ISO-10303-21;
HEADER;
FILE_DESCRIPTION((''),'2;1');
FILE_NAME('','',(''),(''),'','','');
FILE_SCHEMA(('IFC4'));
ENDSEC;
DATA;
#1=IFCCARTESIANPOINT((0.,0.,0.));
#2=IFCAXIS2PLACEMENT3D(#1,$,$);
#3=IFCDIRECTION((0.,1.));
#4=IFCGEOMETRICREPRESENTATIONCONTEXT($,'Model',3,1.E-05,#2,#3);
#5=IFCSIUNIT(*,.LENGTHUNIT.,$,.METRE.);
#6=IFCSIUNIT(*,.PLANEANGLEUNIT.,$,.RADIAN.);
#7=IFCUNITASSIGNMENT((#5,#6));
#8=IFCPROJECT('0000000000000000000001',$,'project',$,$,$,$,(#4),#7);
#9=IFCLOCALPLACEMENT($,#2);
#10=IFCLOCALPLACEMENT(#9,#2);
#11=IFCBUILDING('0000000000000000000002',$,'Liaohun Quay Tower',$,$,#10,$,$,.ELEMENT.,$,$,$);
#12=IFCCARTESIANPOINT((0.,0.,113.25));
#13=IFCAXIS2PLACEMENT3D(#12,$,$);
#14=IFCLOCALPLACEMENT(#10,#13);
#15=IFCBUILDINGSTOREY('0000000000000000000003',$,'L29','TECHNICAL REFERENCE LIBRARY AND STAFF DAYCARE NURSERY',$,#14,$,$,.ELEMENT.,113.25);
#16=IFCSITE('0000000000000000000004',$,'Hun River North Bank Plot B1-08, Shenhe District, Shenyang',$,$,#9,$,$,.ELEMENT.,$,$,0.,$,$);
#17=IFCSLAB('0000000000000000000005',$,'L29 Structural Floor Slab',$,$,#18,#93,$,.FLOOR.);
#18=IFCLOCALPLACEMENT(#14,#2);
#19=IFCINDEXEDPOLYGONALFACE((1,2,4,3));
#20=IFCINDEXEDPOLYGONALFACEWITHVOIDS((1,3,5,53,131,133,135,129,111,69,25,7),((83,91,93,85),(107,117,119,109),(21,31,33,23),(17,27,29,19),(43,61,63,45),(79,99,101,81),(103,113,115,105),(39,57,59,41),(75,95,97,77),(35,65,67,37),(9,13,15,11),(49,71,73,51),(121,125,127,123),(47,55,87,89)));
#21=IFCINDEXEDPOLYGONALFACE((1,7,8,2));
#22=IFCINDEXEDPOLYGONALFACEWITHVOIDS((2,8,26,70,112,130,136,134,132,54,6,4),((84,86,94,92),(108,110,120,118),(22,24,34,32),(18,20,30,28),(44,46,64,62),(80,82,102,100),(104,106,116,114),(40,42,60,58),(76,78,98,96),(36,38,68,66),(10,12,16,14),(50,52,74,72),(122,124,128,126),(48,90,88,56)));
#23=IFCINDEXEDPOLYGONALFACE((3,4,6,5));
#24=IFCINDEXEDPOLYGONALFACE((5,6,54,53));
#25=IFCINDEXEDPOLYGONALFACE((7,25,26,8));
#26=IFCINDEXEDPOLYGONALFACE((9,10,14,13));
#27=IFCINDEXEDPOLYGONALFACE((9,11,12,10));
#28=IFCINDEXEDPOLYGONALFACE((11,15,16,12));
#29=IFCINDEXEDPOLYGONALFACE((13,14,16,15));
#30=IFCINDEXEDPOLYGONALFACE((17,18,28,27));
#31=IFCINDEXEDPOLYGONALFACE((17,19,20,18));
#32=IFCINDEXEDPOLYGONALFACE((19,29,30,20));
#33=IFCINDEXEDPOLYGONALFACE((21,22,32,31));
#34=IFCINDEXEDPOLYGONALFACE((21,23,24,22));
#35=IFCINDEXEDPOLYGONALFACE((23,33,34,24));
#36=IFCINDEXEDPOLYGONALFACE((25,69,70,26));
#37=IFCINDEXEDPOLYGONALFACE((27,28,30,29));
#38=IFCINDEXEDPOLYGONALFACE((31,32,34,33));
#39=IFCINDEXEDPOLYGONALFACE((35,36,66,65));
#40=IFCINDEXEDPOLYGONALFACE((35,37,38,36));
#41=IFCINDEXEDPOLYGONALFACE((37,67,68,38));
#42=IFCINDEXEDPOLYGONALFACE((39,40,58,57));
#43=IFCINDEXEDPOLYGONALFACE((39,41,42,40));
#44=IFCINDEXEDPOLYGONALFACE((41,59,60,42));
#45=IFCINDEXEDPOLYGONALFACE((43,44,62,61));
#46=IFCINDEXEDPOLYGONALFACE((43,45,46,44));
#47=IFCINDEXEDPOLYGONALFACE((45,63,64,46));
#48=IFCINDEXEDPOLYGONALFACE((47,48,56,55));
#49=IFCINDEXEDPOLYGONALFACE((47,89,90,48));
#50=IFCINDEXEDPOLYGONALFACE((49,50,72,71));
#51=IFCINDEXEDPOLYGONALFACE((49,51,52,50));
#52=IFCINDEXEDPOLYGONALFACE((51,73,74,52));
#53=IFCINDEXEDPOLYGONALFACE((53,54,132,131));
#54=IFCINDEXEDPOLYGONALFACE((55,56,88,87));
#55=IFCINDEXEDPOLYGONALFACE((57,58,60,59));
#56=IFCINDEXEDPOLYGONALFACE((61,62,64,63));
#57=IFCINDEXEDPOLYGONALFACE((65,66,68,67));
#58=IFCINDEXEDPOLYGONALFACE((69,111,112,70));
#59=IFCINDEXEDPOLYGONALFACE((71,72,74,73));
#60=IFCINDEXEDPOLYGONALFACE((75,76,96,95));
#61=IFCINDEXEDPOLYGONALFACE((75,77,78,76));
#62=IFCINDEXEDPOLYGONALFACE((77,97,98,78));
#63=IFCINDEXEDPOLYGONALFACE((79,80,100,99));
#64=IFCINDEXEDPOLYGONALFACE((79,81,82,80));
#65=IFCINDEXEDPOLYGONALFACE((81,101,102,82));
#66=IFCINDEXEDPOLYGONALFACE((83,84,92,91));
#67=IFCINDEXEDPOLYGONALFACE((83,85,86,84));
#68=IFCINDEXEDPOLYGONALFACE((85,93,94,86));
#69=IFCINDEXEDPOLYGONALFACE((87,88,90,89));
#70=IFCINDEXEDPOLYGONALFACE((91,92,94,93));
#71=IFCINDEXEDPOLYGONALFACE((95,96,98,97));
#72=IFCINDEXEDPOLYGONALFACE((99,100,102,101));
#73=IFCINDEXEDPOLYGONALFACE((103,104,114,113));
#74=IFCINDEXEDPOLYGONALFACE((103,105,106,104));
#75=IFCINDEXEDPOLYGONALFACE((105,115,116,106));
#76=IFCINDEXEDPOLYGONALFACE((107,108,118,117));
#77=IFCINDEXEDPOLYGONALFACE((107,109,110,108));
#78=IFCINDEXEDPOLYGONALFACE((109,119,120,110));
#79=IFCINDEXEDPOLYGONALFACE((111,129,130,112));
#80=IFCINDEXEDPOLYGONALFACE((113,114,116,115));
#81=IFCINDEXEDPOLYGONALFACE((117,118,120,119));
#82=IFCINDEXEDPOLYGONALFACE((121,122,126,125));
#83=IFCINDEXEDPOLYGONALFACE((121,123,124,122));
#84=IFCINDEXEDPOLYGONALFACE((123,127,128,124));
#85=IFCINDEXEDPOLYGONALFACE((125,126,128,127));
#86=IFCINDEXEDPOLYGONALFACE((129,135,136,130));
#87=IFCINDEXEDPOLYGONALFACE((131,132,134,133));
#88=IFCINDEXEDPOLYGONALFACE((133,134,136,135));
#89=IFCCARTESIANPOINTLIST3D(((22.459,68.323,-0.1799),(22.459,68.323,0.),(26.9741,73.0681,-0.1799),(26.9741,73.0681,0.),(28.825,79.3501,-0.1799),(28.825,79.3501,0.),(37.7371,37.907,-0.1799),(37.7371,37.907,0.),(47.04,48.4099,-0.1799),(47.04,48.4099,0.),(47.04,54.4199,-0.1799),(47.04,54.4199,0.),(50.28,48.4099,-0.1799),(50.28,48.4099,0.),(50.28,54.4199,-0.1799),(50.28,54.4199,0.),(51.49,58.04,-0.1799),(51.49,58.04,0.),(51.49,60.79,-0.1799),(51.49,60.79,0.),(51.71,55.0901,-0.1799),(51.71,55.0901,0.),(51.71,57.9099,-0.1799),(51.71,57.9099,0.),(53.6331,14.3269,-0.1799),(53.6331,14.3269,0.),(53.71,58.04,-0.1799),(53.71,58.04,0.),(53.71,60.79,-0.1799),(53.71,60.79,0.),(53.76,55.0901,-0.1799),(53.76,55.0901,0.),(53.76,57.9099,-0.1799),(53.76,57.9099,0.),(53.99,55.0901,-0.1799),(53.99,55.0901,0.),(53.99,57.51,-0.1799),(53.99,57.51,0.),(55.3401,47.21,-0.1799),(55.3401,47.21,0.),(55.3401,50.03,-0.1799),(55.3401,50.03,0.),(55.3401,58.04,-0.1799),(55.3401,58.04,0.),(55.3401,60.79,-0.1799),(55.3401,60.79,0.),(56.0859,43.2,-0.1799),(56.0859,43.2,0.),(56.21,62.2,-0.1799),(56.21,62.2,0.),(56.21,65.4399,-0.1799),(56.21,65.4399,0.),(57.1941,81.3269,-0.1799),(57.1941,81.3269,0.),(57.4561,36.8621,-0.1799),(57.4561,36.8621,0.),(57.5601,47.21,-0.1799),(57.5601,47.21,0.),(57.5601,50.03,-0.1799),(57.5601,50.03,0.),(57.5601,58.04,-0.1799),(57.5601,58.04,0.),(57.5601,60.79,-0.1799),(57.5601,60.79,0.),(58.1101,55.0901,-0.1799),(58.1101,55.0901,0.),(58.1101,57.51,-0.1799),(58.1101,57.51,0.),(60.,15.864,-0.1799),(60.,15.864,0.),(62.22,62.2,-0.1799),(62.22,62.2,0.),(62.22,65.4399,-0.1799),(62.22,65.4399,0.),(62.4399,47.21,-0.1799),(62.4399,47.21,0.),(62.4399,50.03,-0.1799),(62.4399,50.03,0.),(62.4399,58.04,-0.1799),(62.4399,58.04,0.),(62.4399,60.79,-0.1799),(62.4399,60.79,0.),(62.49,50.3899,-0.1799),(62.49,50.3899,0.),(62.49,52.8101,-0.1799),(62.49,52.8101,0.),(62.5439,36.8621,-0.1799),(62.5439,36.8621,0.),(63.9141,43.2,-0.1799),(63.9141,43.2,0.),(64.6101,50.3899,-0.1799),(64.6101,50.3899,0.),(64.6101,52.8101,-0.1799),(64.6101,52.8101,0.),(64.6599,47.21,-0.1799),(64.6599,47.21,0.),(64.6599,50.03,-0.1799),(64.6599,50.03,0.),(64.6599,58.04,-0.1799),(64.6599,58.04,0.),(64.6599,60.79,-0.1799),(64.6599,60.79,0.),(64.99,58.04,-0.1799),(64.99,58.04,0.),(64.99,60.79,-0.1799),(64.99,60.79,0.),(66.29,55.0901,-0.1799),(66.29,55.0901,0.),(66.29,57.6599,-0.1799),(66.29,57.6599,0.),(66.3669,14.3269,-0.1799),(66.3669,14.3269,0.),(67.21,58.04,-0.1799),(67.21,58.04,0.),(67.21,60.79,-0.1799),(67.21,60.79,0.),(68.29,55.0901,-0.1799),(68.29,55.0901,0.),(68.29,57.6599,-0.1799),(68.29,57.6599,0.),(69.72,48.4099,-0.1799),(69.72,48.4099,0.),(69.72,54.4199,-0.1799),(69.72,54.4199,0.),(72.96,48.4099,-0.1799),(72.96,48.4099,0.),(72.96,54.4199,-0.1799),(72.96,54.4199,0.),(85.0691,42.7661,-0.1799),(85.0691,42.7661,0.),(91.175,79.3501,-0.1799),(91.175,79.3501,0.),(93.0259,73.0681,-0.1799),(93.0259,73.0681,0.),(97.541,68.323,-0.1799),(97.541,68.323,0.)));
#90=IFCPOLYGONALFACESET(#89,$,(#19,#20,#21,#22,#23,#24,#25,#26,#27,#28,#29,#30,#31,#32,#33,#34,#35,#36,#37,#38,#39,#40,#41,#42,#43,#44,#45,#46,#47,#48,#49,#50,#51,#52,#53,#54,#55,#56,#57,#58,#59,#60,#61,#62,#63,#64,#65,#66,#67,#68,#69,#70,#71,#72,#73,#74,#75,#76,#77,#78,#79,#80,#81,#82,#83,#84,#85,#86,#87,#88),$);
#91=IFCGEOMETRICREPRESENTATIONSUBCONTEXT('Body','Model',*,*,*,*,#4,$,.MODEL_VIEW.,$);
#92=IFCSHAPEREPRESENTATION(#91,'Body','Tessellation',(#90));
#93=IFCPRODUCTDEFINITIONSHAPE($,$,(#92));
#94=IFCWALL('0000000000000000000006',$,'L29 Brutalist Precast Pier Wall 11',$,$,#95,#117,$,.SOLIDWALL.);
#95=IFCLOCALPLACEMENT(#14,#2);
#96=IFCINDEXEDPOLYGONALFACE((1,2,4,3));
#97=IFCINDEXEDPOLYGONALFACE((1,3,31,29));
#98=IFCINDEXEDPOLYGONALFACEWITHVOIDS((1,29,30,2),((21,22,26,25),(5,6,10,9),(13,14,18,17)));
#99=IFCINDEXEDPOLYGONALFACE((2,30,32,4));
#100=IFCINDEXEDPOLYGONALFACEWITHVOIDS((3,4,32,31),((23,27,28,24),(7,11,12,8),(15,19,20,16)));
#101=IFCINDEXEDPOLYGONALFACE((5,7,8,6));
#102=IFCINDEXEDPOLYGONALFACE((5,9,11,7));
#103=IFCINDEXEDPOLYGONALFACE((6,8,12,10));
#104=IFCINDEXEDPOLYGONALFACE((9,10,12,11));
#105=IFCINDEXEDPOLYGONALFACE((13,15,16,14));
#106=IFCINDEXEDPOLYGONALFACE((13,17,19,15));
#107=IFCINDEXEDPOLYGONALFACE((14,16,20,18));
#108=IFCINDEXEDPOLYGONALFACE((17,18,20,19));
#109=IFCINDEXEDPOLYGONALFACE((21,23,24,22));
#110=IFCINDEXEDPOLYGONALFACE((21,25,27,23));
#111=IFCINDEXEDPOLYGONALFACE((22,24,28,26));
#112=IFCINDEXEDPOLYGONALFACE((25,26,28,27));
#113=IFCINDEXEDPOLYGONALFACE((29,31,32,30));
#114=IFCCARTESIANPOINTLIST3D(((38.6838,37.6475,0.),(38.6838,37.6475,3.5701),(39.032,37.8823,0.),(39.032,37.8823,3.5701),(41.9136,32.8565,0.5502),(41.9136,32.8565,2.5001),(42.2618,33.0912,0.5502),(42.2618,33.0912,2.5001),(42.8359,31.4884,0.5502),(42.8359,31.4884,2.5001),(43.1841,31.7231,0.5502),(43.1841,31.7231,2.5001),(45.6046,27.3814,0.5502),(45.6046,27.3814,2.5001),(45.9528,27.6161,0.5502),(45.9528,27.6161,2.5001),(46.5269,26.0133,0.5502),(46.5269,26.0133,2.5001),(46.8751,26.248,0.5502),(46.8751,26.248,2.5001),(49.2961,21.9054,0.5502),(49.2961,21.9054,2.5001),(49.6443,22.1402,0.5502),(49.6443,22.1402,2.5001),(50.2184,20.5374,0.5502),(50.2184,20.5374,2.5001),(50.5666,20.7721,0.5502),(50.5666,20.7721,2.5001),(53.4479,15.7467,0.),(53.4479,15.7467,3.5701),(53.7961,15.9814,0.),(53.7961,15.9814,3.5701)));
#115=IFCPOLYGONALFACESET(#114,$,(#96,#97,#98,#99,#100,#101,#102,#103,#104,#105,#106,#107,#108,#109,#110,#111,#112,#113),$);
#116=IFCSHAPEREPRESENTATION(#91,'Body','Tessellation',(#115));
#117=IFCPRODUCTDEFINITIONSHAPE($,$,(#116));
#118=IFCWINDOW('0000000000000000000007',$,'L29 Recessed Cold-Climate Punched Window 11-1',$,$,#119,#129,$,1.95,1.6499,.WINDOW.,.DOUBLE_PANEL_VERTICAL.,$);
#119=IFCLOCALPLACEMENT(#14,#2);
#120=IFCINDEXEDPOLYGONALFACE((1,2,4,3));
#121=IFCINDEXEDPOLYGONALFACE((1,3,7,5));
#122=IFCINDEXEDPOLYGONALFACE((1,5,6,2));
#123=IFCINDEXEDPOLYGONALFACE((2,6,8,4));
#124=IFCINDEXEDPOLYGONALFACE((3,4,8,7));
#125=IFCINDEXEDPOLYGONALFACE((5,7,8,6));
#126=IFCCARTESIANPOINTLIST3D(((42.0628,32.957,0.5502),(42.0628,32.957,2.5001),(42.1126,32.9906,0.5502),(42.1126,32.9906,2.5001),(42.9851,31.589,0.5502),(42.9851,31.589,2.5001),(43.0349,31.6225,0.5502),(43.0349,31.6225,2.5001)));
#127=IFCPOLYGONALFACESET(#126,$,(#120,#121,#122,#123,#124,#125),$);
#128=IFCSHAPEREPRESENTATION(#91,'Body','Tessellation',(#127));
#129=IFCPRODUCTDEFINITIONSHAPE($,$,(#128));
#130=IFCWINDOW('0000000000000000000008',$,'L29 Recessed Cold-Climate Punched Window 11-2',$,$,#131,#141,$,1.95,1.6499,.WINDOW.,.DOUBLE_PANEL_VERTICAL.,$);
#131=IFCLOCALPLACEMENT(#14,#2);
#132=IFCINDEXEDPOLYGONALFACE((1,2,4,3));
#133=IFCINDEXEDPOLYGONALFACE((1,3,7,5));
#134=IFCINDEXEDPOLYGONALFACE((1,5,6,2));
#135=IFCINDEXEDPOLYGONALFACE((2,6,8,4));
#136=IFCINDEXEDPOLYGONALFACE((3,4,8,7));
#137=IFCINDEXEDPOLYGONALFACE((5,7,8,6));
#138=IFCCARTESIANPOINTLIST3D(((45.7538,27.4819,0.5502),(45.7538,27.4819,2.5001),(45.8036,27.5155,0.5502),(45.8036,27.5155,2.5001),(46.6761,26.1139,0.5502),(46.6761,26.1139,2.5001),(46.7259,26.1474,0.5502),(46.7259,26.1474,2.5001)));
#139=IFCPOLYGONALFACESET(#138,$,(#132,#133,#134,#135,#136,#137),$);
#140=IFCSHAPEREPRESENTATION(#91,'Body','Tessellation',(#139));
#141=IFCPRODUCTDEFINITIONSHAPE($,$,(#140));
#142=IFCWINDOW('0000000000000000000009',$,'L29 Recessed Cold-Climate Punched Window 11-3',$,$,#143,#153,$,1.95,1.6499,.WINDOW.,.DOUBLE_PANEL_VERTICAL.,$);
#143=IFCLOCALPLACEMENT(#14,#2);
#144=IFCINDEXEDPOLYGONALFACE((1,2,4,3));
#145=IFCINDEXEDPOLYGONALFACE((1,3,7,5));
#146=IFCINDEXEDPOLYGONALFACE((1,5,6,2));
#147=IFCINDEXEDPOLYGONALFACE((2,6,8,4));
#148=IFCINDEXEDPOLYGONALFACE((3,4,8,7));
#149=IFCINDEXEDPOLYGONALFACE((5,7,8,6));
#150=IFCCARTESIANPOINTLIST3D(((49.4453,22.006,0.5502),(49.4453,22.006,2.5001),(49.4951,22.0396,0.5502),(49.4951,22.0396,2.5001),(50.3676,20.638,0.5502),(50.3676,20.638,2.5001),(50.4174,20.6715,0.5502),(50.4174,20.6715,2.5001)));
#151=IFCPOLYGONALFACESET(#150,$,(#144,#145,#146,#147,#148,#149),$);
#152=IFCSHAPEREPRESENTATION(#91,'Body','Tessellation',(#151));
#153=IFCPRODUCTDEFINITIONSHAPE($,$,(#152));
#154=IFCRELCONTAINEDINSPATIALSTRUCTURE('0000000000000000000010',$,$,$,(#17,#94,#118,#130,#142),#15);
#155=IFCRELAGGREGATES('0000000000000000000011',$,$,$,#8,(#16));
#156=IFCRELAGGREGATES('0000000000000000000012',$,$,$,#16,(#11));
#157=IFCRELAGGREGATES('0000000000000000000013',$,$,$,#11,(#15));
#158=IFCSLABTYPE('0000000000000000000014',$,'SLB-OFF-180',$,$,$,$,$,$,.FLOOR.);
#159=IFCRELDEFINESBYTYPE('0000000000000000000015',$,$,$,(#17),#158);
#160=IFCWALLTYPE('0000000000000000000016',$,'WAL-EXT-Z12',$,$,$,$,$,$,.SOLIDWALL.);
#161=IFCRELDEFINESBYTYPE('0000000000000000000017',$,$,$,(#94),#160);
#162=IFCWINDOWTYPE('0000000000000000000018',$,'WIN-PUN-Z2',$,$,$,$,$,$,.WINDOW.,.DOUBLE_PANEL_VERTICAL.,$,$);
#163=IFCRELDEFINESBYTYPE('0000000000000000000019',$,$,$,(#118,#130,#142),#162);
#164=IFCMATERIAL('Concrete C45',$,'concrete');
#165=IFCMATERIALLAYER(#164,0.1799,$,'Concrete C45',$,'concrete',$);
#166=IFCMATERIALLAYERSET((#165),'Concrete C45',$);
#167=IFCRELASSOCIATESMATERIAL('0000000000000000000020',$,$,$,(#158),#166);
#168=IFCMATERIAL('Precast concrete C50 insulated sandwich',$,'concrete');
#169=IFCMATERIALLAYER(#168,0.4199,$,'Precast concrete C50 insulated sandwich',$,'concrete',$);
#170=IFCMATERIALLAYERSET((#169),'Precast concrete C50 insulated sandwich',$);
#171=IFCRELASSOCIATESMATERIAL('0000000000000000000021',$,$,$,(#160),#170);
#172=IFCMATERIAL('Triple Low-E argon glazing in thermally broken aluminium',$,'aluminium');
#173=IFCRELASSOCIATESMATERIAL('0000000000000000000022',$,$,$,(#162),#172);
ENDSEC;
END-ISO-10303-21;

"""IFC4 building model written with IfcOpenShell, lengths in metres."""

from ifc_helpers import new_model, si_unit, direction, frame, frame_2d, origin, place, context, subcontext, project, spatial, polyline, rectangle, outline, extrude, source, transform, mapped, material, layer, layer_set, type_object, element, fill, save


model = new_model("IFC4")

# Units and contexts
model_context = context("Model", 3, precision=1e-05, world=origin(), true_north=direction((0.0, 1.0)))
body_context = subcontext(model_context, "Body", "Model", "MODEL_VIEW")
ifc_project = project(units=[si_unit("LENGTHUNIT", "METRE"), si_unit("PLANEANGLEUNIT", "RADIAN")], contexts=[model_context])

# Site, building, storey
site_placement = place(None, origin())
site = spatial("IfcSite", under=ifc_project, at=site_placement, Name="Hun River North Bank Plot B1-08, Shenhe District, Shenyang", CompositionType="ELEMENT", RefElevation=0.0)
building_placement = place(site_placement, origin())
building = spatial("IfcBuilding", under=site, at=building_placement, Name="Liaohun Quay Tower", CompositionType="ELEMENT")
storey_placement = place(building_placement, frame((0.0, 0.0, 113.25)))
storey = spatial("IfcBuildingStorey", under=building, at=storey_placement, Name="L29", Description="TECHNICAL REFERENCE LIBRARY AND STAFF DAYCARE NURSERY", CompositionType="ELEMENT", Elevation=113.25)

# Shared definitions
ifc_material_1 = material(Name="Concrete C45", Category="concrete")

# Slab
ifc_layer_1 = layer(ifc_material_1, 0.1799, Name="Concrete C45", Category="concrete")
ifc_layer_set_1 = layer_set([ifc_layer_1], Name="Concrete C45")
slab_type_1 = type_object("IfcSlabType", Name="SLB-OFF-180", PredefinedType="FLOOR", material=ifc_layer_set_1)
slab_1_placement = place(storey_placement, frame((0.0, 0.0, -0.1799)))
element("IfcSlab", 1, at=slab_1_placement, inside=storey, type_object=slab_type_1, Name="L29 Structural Floor Slab", PredefinedType="FLOOR", context=body_context, shape_type="SweptSolid", body=[
    extrude(outline(polyline([(53.6331, 14.3269), (60.0, 15.864), (66.3669, 14.3269), (85.0691, 42.7661), (97.541, 68.323), (93.0259, 73.0681), (91.175, 79.3501), (57.1941, 81.3269), (28.825, 79.3501), (26.9741, 73.0681), (22.459, 68.323), (37.7371, 37.907), (53.6331, 14.3269)]), holes=[polyline([(57.5601, 50.03), (55.3401, 50.03), (55.3401, 47.21), (57.5601, 47.21), (57.5601, 50.03)]), polyline([(50.28, 54.4199), (47.04, 54.4199), (47.04, 48.4099), (50.28, 48.4099), (50.28, 54.4199)]), polyline([(53.99, 55.0901), (58.1101, 55.0901), (58.1101, 57.51), (53.99, 57.51), (53.99, 55.0901)]), polyline([(53.76, 55.0901), (53.76, 57.9099), (51.71, 57.9099), (51.71, 55.0901), (53.76, 55.0901)]), polyline([(53.71, 58.04), (53.71, 60.79), (51.49, 60.79), (51.49, 58.04), (53.71, 58.04)]), polyline([(57.5601, 58.04), (57.5601, 60.79), (55.3401, 60.79), (55.3401, 58.04), (57.5601, 58.04)]), polyline([(62.22, 62.2), (62.22, 65.4399), (56.21, 65.4399), (56.21, 62.2), (62.22, 62.2)]), polyline([(62.5439, 36.8621), (63.9141, 43.2), (56.0859, 43.2), (57.4561, 36.8621), (62.5439, 36.8621)]), polyline([(64.6599, 47.21), (64.6599, 50.03), (62.4399, 50.03), (62.4399, 47.21), (64.6599, 47.21)]), polyline([(72.96, 54.4199), (69.72, 54.4199), (69.72, 48.4099), (72.96, 48.4099), (72.96, 54.4199)]), polyline([(64.6101, 50.3899), (64.6101, 52.8101), (62.49, 52.8101), (62.49, 50.3899), (64.6101, 50.3899)]), polyline([(68.29, 55.0901), (68.29, 57.6599), (66.29, 57.6599), (66.29, 55.0901), (68.29, 55.0901)]), polyline([(64.6599, 58.04), (64.6599, 60.79), (62.4399, 60.79), (62.4399, 58.04), (64.6599, 58.04)]), polyline([(67.21, 58.04), (67.21, 60.79), (64.99, 60.79), (64.99, 58.04), (67.21, 58.04)])]), origin(), (0.0, 0.0, 1.0), 0.1799),
])

# Wall, openings, windows
ifc_material_2 = material(Name="Precast concrete C50 insulated sandwich", Category="concrete")
ifc_layer_2 = layer(ifc_material_2, 0.4199, Name="Precast concrete C50 insulated sandwich", Category="concrete")
ifc_layer_set_2 = layer_set([ifc_layer_2], Name="Precast concrete C50 insulated sandwich")
wall_type_1 = type_object("IfcWallType", Name="WAL-EXT-Z12", PredefinedType="SOLIDWALL", material=ifc_layer_set_2)
wall_1_placement = place(storey_placement, frame((38.8579, 37.7649, 0.0), z_axis=(0.0, 0.0, 1.0), x_axis=(0.55898, -0.829181, 0.0)))
wall_1 = element("IfcWall", 2, at=wall_1_placement, inside=storey, type_object=wall_type_1, Name="L29 Brutalist Precast Pier Wall 11", PredefinedType="SOLIDWALL", context=body_context, shape_type="SweptSolid", body=[
    extrude(rectangle(XDim=26.4126, YDim=0.4199, at=frame_2d((13.2063, 0.0))), origin(), (0.0, 0.0, 1.0), 3.5701),
])
shared_shape_1 = source(origin(), body_context, "Body", "SweptSolid", [
    extrude(rectangle(XDim=1.6499, YDim=1.95, at=frame_2d((0.825, 0.9751))), frame((0.0, 0.22, 0.0), z_axis=(0.0, -1.0, 0.0), x_axis=(1.0, 0.0, 0.0)), (0.0, 0.0, 1.0), 0.4399),
])
opening_1_placement = place(wall_1_placement, frame((5.7781, 0.0, 0.55)))
opening_1 = element("IfcOpeningElement", 3, at=opening_1_placement, cuts=wall_1, PredefinedType="OPENING", context=body_context, shape_type="MappedRepresentation", body=[
    mapped(shared_shape_1, transform((0.0, 0.0, 0.0), x_axis=(1.0, 0.0, 0.0), y_axis=(0.0, 1.0, 0.0), z_axis=(0.0, 0.0, 1.0), scale=1.0)),
])
opening_2_placement = place(wall_1_placement, frame((12.3811, 0.0, 0.55)))
opening_2 = element("IfcOpeningElement", 4, at=opening_2_placement, cuts=wall_1, PredefinedType="OPENING", context=body_context, shape_type="MappedRepresentation", body=[
    mapped(shared_shape_1, transform((0.0, 0.0, 0.0), x_axis=(1.0, 0.0, 0.0), y_axis=(0.0, 1.0, 0.0), z_axis=(0.0, 0.0, 1.0), scale=1.0)),
])
opening_3_placement = place(wall_1_placement, frame((18.9851, 0.0, 0.55)))
opening_3 = element("IfcOpeningElement", 5, at=opening_3_placement, cuts=wall_1, PredefinedType="OPENING", context=body_context, shape_type="MappedRepresentation", body=[
    mapped(shared_shape_1, transform((0.0, 0.0, 0.0), x_axis=(1.0, 0.0, 0.0), y_axis=(0.0, 1.0, 0.0), z_axis=(0.0, 0.0, 1.0), scale=1.0)),
])
ifc_material_3 = material(Name="Triple Low-E argon glazing in thermally broken aluminium", Category="aluminium")
window_type = type_object("IfcWindowType", Name="WIN-PUN-Z2", PartitioningType="DOUBLE_PANEL_VERTICAL", PredefinedType="WINDOW", material=ifc_material_3)
shared_shape_2 = source(origin(), body_context, "Body", "SweptSolid", [
    extrude(rectangle(XDim=1.6499, YDim=1.95, at=frame_2d((0.825, 0.9751))), frame((0.0, 0.03, 0.0), z_axis=(0.0, -1.0, 0.0), x_axis=(1.0, 0.0, 0.0)), (0.0, 0.0, 1.0), 0.0601),
])
window_1_placement = place(opening_1_placement, origin())
window_1 = element("IfcWindow", 6, at=window_1_placement, inside=storey, type_object=window_type, Name="L29 Recessed Cold-Climate Punched Window 11-1", OverallHeight=1.95, OverallWidth=1.6499, PartitioningType="DOUBLE_PANEL_VERTICAL", PredefinedType="WINDOW", context=body_context, shape_type="MappedRepresentation", body=[
    mapped(shared_shape_2, transform((0.0, 0.0, 0.0), x_axis=(1.0, 0.0, 0.0), y_axis=(0.0, 1.0, 0.0), z_axis=(0.0, 0.0, 1.0), scale=1.0)),
])
fill(opening_1, window_1)
window_2_placement = place(opening_2_placement, origin())
window_2 = element("IfcWindow", 7, at=window_2_placement, inside=storey, type_object=window_type, Name="L29 Recessed Cold-Climate Punched Window 11-2", OverallHeight=1.95, OverallWidth=1.6499, PartitioningType="DOUBLE_PANEL_VERTICAL", PredefinedType="WINDOW", context=body_context, shape_type="MappedRepresentation", body=[
    mapped(shared_shape_2, transform((0.0, 0.0, 0.0), x_axis=(1.0, 0.0, 0.0), y_axis=(0.0, 1.0, 0.0), z_axis=(0.0, 0.0, 1.0), scale=1.0)),
])
fill(opening_2, window_2)
window_3_placement = place(opening_3_placement, origin())
window_3 = element("IfcWindow", 8, at=window_3_placement, inside=storey, type_object=window_type, Name="L29 Recessed Cold-Climate Punched Window 11-3", OverallHeight=1.95, OverallWidth=1.6499, PartitioningType="DOUBLE_PANEL_VERTICAL", PredefinedType="WINDOW", context=body_context, shape_type="MappedRepresentation", body=[
    mapped(shared_shape_2, transform((0.0, 0.0, 0.0), x_axis=(1.0, 0.0, 0.0), y_axis=(0.0, 1.0, 0.0), z_axis=(0.0, 0.0, 1.0), scale=1.0)),
])
fill(opening_3, window_3)

save(model, "model.ifc")
